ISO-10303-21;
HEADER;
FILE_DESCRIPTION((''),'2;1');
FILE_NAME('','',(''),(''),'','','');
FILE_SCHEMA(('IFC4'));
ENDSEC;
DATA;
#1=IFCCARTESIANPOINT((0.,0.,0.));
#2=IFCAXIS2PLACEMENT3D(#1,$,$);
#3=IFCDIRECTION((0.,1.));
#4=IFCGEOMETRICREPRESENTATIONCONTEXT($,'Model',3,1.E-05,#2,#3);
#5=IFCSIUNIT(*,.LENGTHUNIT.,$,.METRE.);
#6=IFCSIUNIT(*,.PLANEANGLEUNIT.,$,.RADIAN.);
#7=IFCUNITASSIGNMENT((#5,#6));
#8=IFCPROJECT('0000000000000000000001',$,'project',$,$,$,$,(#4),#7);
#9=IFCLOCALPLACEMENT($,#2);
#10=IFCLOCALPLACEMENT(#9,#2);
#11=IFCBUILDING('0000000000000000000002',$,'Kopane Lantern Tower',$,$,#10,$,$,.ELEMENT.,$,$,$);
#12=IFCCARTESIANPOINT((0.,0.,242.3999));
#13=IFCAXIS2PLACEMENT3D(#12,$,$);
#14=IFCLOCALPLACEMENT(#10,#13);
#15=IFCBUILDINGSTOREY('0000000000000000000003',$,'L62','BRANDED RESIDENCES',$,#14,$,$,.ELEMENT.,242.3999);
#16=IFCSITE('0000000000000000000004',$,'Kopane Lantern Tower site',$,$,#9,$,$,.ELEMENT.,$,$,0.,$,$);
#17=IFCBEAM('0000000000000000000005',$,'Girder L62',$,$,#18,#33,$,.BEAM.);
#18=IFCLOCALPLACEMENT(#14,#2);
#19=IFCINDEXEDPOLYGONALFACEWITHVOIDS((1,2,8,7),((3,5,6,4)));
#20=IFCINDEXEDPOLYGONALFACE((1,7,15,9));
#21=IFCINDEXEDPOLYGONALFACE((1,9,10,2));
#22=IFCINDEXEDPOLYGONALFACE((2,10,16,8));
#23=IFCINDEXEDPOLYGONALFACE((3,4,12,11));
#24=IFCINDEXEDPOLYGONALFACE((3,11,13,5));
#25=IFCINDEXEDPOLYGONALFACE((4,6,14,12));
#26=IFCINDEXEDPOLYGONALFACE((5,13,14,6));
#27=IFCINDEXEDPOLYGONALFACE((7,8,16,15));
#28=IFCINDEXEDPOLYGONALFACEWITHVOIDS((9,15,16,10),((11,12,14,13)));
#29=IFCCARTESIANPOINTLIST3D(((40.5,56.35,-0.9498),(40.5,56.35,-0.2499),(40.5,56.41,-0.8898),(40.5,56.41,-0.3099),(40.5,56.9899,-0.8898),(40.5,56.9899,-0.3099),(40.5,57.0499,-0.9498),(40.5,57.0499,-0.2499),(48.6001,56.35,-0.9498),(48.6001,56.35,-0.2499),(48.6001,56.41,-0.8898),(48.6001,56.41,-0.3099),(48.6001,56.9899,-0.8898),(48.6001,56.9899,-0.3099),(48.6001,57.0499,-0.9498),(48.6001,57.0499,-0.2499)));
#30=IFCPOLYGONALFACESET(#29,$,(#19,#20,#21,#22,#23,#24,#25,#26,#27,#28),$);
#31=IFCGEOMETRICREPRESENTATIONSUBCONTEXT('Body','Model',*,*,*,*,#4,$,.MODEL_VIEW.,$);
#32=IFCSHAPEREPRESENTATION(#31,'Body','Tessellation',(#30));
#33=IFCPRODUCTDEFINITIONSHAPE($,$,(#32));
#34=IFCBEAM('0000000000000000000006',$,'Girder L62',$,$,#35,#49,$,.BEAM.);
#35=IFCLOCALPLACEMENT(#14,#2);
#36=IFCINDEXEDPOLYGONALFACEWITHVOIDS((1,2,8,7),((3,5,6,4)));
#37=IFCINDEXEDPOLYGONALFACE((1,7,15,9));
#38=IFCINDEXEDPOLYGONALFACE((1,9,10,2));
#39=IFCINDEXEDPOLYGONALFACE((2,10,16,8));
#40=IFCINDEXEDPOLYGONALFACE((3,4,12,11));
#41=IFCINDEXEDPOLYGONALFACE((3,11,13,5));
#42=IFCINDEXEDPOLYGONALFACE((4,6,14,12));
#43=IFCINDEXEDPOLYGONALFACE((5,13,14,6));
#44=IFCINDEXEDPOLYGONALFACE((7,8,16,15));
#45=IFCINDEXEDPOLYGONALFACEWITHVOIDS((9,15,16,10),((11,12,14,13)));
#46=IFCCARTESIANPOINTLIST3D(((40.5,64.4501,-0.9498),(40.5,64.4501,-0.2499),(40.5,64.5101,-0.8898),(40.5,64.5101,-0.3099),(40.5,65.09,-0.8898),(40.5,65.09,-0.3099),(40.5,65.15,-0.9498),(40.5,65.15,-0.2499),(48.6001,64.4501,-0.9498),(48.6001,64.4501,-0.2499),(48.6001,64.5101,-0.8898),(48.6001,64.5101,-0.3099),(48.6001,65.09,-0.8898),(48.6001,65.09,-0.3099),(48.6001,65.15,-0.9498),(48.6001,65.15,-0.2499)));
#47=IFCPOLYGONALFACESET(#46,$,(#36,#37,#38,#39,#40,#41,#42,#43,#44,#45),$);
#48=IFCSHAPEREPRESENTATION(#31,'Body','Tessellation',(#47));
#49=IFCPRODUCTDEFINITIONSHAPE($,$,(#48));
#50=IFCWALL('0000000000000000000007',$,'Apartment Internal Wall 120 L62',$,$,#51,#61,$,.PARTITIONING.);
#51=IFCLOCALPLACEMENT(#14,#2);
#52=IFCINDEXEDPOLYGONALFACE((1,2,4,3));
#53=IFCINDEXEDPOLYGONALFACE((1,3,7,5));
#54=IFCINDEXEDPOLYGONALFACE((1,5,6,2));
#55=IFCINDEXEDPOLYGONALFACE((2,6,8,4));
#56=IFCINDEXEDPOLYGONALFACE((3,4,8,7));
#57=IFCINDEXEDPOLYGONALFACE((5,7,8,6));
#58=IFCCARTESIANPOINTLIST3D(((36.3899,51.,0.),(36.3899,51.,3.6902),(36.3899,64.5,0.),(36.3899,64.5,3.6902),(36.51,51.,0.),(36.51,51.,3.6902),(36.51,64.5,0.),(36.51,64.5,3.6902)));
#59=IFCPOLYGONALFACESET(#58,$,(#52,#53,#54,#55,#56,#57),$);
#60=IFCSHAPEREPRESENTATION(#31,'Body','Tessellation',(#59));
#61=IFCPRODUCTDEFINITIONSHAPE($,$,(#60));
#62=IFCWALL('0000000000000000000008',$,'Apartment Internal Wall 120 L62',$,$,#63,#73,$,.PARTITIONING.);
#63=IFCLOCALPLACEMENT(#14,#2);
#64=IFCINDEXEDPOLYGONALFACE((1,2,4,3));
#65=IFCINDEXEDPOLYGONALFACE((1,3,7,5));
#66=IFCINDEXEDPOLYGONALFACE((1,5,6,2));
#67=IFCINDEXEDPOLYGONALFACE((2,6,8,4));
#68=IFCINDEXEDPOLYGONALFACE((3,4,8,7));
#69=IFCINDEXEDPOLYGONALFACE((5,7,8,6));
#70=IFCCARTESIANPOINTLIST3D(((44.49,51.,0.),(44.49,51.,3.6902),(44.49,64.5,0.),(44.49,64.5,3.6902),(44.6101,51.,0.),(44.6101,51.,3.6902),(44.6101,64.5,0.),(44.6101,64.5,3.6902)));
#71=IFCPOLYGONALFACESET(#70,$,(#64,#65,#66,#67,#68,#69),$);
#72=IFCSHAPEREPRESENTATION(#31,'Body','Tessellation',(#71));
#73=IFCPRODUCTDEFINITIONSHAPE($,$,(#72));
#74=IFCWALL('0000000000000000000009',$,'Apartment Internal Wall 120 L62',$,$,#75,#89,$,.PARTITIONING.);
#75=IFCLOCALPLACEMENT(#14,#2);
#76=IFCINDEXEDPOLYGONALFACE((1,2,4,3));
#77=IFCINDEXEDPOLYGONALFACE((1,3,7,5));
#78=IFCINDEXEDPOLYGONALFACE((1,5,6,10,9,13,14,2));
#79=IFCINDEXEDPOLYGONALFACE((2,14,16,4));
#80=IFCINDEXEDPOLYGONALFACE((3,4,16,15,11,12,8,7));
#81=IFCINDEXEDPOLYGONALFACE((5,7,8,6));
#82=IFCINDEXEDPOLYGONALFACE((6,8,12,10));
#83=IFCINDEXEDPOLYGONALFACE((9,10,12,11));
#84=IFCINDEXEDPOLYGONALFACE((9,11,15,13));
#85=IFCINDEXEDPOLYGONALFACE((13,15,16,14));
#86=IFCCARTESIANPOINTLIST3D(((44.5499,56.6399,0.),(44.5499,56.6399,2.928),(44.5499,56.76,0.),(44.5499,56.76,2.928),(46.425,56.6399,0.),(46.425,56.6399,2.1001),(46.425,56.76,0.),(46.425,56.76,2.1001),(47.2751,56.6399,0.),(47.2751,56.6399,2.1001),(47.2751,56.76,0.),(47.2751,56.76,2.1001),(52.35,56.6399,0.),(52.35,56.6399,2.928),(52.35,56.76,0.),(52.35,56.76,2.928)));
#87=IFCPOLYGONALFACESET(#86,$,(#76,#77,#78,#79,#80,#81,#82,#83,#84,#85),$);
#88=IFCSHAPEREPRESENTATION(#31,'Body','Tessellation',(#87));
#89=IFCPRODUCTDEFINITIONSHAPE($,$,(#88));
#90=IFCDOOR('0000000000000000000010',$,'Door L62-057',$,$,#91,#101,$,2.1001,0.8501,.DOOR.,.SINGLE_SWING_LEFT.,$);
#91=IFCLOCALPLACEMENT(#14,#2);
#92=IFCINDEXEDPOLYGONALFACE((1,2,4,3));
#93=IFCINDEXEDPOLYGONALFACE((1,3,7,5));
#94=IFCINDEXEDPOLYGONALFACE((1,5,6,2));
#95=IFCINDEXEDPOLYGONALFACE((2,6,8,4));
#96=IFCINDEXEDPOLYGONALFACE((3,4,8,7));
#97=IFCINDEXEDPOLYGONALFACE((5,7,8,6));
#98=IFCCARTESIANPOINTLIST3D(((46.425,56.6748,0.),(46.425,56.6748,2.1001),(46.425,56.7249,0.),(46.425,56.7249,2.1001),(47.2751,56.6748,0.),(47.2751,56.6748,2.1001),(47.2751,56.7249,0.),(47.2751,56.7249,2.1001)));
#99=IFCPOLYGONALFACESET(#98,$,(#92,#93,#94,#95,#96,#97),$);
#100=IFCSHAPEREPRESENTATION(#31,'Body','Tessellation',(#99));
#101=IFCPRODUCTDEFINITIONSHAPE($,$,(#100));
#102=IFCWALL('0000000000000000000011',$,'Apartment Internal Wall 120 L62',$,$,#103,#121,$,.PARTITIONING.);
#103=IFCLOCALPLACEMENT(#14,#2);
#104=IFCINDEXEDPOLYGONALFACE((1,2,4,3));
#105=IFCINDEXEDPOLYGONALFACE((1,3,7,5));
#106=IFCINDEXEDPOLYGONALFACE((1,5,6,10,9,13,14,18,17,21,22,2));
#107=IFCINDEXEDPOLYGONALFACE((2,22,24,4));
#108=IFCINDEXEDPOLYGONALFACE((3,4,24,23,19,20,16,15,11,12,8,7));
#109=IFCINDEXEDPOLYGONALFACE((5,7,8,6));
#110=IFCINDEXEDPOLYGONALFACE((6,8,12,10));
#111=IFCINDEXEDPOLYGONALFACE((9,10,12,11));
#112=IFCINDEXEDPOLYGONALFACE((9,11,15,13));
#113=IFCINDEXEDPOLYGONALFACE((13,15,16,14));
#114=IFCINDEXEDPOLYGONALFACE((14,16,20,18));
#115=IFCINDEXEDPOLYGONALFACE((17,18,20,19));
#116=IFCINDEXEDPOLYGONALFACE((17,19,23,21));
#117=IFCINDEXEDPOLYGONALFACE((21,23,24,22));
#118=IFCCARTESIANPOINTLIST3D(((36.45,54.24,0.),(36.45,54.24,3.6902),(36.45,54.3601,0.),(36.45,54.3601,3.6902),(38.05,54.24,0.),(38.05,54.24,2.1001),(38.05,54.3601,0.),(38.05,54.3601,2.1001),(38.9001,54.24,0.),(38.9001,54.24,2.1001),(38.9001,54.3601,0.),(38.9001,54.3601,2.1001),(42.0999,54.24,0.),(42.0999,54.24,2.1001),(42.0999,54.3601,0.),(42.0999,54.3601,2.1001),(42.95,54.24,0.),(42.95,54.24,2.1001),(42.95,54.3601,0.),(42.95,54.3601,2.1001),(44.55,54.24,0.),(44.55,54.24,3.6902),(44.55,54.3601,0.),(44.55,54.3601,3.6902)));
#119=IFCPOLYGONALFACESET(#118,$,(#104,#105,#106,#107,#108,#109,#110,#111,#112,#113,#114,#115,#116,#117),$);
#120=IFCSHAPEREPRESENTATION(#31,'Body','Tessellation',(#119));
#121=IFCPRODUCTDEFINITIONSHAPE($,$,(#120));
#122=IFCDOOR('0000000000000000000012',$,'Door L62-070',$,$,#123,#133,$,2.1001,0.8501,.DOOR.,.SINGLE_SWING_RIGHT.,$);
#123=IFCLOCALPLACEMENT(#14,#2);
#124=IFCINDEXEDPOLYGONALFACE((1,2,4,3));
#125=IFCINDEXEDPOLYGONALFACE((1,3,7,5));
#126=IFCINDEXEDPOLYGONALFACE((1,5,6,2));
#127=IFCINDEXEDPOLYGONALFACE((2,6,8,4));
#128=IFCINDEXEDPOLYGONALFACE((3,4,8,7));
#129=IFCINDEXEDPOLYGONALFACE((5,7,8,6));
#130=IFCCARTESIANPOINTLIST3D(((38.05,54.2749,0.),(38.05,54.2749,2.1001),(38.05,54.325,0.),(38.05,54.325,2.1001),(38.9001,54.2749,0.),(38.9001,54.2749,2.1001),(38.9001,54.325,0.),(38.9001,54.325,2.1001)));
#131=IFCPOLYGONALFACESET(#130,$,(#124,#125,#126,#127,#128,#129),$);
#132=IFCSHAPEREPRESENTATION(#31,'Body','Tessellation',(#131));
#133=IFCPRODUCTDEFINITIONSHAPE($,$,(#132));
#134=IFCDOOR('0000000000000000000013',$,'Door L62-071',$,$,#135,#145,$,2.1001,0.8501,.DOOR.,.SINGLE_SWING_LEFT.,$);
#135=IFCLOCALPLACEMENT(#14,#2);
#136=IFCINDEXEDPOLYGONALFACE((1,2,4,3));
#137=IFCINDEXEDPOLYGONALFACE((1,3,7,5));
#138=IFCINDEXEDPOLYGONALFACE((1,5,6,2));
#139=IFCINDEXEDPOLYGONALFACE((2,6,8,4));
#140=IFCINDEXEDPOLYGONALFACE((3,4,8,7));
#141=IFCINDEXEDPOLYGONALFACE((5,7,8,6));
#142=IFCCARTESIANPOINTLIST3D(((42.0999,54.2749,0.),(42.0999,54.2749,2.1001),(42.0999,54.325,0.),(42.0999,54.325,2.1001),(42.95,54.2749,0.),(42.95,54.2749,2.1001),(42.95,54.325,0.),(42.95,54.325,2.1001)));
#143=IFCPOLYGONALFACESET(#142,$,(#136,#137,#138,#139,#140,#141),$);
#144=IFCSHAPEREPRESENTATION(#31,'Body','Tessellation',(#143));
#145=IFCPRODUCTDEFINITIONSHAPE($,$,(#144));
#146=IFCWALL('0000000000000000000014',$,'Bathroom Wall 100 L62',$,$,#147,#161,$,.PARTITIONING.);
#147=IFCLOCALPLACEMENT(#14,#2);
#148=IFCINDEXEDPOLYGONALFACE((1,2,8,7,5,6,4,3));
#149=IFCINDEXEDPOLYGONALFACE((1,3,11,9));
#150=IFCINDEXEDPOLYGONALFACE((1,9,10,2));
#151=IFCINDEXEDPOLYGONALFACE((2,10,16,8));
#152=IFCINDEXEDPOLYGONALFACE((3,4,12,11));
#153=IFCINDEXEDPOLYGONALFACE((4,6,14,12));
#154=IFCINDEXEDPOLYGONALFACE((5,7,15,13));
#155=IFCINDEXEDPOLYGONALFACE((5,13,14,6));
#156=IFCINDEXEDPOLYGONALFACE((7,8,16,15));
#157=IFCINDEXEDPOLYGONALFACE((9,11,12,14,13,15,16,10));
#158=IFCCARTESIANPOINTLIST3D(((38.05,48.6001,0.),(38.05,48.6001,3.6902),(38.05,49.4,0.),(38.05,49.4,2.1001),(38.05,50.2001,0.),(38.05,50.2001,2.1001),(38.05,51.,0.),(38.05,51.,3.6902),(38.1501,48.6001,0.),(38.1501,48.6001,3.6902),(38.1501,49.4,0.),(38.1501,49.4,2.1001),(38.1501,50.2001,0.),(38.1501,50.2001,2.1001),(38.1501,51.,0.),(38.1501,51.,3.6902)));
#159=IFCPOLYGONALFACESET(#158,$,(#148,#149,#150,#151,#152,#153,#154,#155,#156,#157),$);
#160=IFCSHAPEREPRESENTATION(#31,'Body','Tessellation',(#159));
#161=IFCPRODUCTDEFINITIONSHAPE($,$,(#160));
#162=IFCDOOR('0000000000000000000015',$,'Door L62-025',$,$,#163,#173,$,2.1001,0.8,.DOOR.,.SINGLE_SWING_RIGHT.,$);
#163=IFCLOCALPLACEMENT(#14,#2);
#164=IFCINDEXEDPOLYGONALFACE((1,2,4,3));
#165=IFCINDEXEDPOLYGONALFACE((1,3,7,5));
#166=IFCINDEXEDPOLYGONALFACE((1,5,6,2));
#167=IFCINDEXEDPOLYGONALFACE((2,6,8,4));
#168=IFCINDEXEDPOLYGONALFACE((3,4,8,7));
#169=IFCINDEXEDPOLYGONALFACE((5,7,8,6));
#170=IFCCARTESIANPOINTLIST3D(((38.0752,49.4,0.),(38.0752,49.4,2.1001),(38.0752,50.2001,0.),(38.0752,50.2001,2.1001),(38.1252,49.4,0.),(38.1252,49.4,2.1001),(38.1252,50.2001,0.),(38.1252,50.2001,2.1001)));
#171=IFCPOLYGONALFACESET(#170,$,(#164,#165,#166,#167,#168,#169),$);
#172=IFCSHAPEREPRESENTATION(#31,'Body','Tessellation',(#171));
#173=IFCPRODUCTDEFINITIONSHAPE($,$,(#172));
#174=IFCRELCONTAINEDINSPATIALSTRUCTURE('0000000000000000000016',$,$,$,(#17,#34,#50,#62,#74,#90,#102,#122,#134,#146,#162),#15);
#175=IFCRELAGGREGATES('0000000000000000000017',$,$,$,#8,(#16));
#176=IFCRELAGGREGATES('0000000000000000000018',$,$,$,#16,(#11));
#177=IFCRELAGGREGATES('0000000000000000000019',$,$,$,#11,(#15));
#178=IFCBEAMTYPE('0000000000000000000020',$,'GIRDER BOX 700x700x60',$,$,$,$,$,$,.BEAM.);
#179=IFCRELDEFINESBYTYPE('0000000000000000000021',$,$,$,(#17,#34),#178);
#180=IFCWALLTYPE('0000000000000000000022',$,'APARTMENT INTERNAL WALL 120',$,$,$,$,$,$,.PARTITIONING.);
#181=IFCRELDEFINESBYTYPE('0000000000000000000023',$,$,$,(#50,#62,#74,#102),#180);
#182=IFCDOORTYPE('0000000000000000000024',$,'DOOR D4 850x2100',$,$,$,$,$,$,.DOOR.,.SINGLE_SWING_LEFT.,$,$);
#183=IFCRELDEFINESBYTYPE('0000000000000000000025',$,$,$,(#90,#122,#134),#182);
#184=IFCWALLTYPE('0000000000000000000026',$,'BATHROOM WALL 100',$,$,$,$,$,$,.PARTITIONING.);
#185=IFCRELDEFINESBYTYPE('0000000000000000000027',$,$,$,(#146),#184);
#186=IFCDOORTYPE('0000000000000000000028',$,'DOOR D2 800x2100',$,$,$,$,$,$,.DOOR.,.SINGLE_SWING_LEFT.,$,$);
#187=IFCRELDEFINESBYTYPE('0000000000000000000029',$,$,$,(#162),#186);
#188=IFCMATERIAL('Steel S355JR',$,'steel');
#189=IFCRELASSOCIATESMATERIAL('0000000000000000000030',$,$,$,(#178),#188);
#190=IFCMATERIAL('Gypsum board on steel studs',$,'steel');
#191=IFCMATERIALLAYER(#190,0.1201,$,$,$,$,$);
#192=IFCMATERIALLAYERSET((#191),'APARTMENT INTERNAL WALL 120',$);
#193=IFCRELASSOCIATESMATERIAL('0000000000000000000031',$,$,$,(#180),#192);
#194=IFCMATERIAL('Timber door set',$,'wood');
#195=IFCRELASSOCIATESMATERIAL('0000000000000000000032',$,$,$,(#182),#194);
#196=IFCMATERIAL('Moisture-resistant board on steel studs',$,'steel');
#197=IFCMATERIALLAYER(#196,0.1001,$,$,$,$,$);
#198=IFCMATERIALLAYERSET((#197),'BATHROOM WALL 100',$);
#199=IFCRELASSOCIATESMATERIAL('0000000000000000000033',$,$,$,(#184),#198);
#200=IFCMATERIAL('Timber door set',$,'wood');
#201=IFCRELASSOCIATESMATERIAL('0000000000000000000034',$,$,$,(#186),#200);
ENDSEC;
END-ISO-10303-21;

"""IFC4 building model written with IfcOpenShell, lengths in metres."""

from ifc_helpers import new_model, si_unit, direction, frame, frame_2d, origin, origin_2d, place, context, subcontext, project, spatial, rectangle, hollow_rectangle, extrude, material, layer, layer_set, material_profile, profile_set, type_object, element, fill, save


model = new_model("IFC4")

# Units and contexts
model_context = context("Model", 3, precision=1e-05, world=origin(), true_north=direction((0.0, 1.0)))
body_context = subcontext(model_context, "Body", "Model", "MODEL_VIEW")
ifc_project = project(units=[si_unit("LENGTHUNIT", "METRE"), si_unit("PLANEANGLEUNIT", "RADIAN")], contexts=[model_context])

# Site, building, storey
site_placement = place(None, origin())
site = spatial("IfcSite", under=ifc_project, at=site_placement, Name="Kopane Lantern Tower site", CompositionType="ELEMENT", RefElevation=0.0)
building_placement = place(site_placement, origin())
building = spatial("IfcBuilding", under=site, at=building_placement, Name="Kopane Lantern Tower", CompositionType="ELEMENT")
storey_placement = place(building_placement, frame((0.0, 0.0, 242.3999)))
storey = spatial("IfcBuildingStorey", under=building, at=storey_placement, Name="L62", Description="BRANDED RESIDENCES", CompositionType="ELEMENT", Elevation=242.3999)

# Beams
ifc_material_1 = material(Name="Steel S355JR", Category="steel")
ifc_material_profile_1 = material_profile(ifc_material_1, hollow_rectangle(XDim=0.7, YDim=0.7, WallThickness=0.0601, at=origin_2d()), Name="BOX 700x700x60")
ifc_profile_set_1 = profile_set([ifc_material_profile_1], Name="Steel S355JR")
beam_type = type_object("IfcBeamType", Name="GIRDER BOX 700x700x60", PredefinedType="BEAM", material=ifc_profile_set_1)
for number, where, z_axis, x_axis, name in (
    (1, (40.5, 56.7, -0.5999), (1.0, 0.0, 0.0), (0.0, 1.0, 0.0), "Girder L62"),
    (2, (40.5, 64.8, -0.5999), (1.0, 0.0, 0.0), (0.0, 1.0, 0.0), "Girder L62"),
):
    element("IfcBeam", number, at=place(storey_placement, frame(where, z_axis=z_axis, x_axis=x_axis)), inside=storey, type_object=beam_type, Name=name, PredefinedType="BEAM", context=body_context, shape_type="SweptSolid", body=[
        extrude(hollow_rectangle(XDim=0.7, YDim=0.7, WallThickness=0.0601, at=origin_2d()), origin(), (0.0, 0.0, 1.0), 8.1001),
    ])

# Walls
ifc_material_2 = material(Name="Gypsum board on steel studs", Category="steel")
ifc_layer_1 = layer(ifc_material_2, 0.1201)
ifc_layer_set_1 = layer_set([ifc_layer_1], Name="APARTMENT INTERNAL WALL 120")
wall_type_1 = type_object("IfcWallType", Name="APARTMENT INTERNAL WALL 120", PredefinedType="PARTITIONING", material=ifc_layer_set_1)
for number, where, z_axis, x_axis, name in (
    (3, (36.45, 51.0, 0.0), (0.0, 0.0, 1.0), (0.0, 1.0, 0.0), "Apartment Internal Wall 120 L62"),
    (4, (44.55, 51.0, 0.0), (0.0, 0.0, 1.0), (0.0, 1.0, 0.0), "Apartment Internal Wall 120 L62"),
):
    element("IfcWall", number, at=place(storey_placement, frame(where, z_axis=z_axis, x_axis=x_axis)), inside=storey, type_object=wall_type_1, Name=name, PredefinedType="PARTITIONING", context=body_context, shape_type="SweptSolid", body=[
        extrude(rectangle(XDim=13.5, YDim=0.1201, at=frame_2d((6.75, 0.0))), origin(), (0.0, 0.0, 1.0), 3.6902),
    ])

# Wall, opening, door
wall_1_placement = place(storey_placement, frame((44.55, 56.7, 0.0), z_axis=(0.0, 0.0, 1.0), x_axis=(1.0, 0.0, 0.0)))
wall_1 = element("IfcWall", 5, at=wall_1_placement, inside=storey, type_object=wall_type_1, Name="Apartment Internal Wall 120 L62", PredefinedType="PARTITIONING", context=body_context, shape_type="SweptSolid", body=[
    extrude(rectangle(XDim=7.8, YDim=0.1201, at=frame_2d((3.8999, 0.0))), origin(), (0.0, 0.0, 1.0), 2.928),
])
opening_1_placement = place(wall_1_placement, frame((1.875, 0.0, 0.0)))
opening_1 = element("IfcOpeningElement", 6, at=opening_1_placement, cuts=wall_1, PredefinedType="OPENING", context=body_context, shape_type="SweptSolid", body=[
    extrude(rectangle(XDim=0.8501, YDim=2.1001, at=frame_2d((0.425, 1.05))), frame((0.0, 0.0701, 0.0), z_axis=(0.0, -1.0, 0.0), x_axis=(1.0, 0.0, 0.0)), (0.0, 0.0, 1.0), 0.1401),
])
ifc_material_3 = material(Name="Timber door set", Category="wood")
door_type_1 = type_object("IfcDoorType", Name="DOOR D4 850x2100", OperationType="SINGLE_SWING_LEFT", PredefinedType="DOOR", material=ifc_material_3)
door_1_placement = place(opening_1_placement, origin())
door_1 = element("IfcDoor", 7, at=door_1_placement, inside=storey, type_object=door_type_1, Name="Door L62-057", OperationType="SINGLE_SWING_LEFT", OverallHeight=2.1001, OverallWidth=0.8501, PredefinedType="DOOR", context=body_context, shape_type="SweptSolid", body=[
    extrude(rectangle(XDim=0.8501, YDim=2.1001, at=frame_2d((0.425, 1.05))), frame((0.0, 0.0249, 0.0), z_axis=(0.0, -1.0, 0.0), x_axis=(1.0, 0.0, 0.0)), (0.0, 0.0, 1.0), 0.05),
])
fill(opening_1, door_1)

# Wall, openings, doors
wall_2_placement = place(storey_placement, frame((36.45, 54.3, 0.0), z_axis=(0.0, 0.0, 1.0), x_axis=(1.0, 0.0, 0.0)))
wall_2 = element("IfcWall", 8, at=wall_2_placement, inside=storey, type_object=wall_type_1, Name="Apartment Internal Wall 120 L62", PredefinedType="PARTITIONING", context=body_context, shape_type="SweptSolid", body=[
    extrude(rectangle(XDim=8.1001, YDim=0.1201, at=frame_2d((4.05, 0.0))), origin(), (0.0, 0.0, 1.0), 3.6902),
])
opening_2_placement = place(wall_2_placement, frame((1.6001, 0.0, 0.0)))
opening_2 = element("IfcOpeningElement", 9, at=opening_2_placement, cuts=wall_2, PredefinedType="OPENING", context=body_context, shape_type="SweptSolid", body=[
    extrude(rectangle(XDim=0.8501, YDim=2.1001, at=frame_2d((0.425, 1.05))), frame((0.0, 0.0701, 0.0), z_axis=(0.0, -1.0, 0.0), x_axis=(1.0, 0.0, 0.0)), (0.0, 0.0, 1.0), 0.1401),
])
opening_3_placement = place(wall_2_placement, frame((5.6499, 0.0, 0.0)))
opening_3 = element("IfcOpeningElement", 10, at=opening_3_placement, cuts=wall_2, PredefinedType="OPENING", context=body_context, shape_type="SweptSolid", body=[
    extrude(rectangle(XDim=0.8501, YDim=2.1001, at=frame_2d((0.425, 1.05))), frame((0.0, 0.0701, 0.0), z_axis=(0.0, -1.0, 0.0), x_axis=(1.0, 0.0, 0.0)), (0.0, 0.0, 1.0), 0.1401),
])
door_2_placement = place(opening_2_placement, origin())
door_2 = element("IfcDoor", 11, at=door_2_placement, inside=storey, type_object=door_type_1, Name="Door L62-070", OperationType="SINGLE_SWING_RIGHT", OverallHeight=2.1001, OverallWidth=0.8501, PredefinedType="DOOR", context=body_context, shape_type="SweptSolid", body=[
    extrude(rectangle(XDim=0.8501, YDim=2.1001, at=frame_2d((0.425, 1.05))), frame((0.0, 0.0249, 0.0), z_axis=(0.0, -1.0, 0.0), x_axis=(1.0, 0.0, 0.0)), (0.0, 0.0, 1.0), 0.05),
])
fill(opening_2, door_2)
door_3_placement = place(opening_3_placement, origin())
door_3 = element("IfcDoor", 12, at=door_3_placement, inside=storey, type_object=door_type_1, Name="Door L62-071", OperationType="SINGLE_SWING_LEFT", OverallHeight=2.1001, OverallWidth=0.8501, PredefinedType="DOOR", context=body_context, shape_type="SweptSolid", body=[
    extrude(rectangle(XDim=0.8501, YDim=2.1001, at=frame_2d((0.425, 1.05))), frame((0.0, 0.0249, 0.0), z_axis=(0.0, -1.0, 0.0), x_axis=(1.0, 0.0, 0.0)), (0.0, 0.0, 1.0), 0.05),
])
fill(opening_3, door_3)

# Wall, opening, door
ifc_material_4 = material(Name="Moisture-resistant board on steel studs", Category="steel")
ifc_layer_2 = layer(ifc_material_4, 0.1001)
ifc_layer_set_2 = layer_set([ifc_layer_2], Name="BATHROOM WALL 100")
wall_type_2 = type_object("IfcWallType", Name="BATHROOM WALL 100", PredefinedType="PARTITIONING", material=ifc_layer_set_2)
wall_3_placement = place(storey_placement, frame((38.1001, 48.6001, 0.0), z_axis=(0.0, 0.0, 1.0), x_axis=(0.0, 1.0, 0.0)))
wall_3 = element("IfcWall", 13, at=wall_3_placement, inside=storey, type_object=wall_type_2, Name="Bathroom Wall 100 L62", PredefinedType="PARTITIONING", context=body_context, shape_type="SweptSolid", body=[
    extrude(rectangle(XDim=2.3999, YDim=0.1001, at=frame_2d((1.2, 0.0))), origin(), (0.0, 0.0, 1.0), 3.6902),
])
opening_4_placement = place(wall_3_placement, frame((0.8, 0.0, 0.0)))
opening_4 = element("IfcOpeningElement", 14, at=opening_4_placement, cuts=wall_3, PredefinedType="OPENING", context=body_context, shape_type="SweptSolid", body=[
    extrude(rectangle(XDim=0.8, YDim=2.1001, at=frame_2d((0.3999, 1.05))), frame((0.0, 0.0601, 0.0), z_axis=(0.0, -1.0, 0.0), x_axis=(1.0, 0.0, 0.0)), (0.0, 0.0, 1.0), 0.1201),
])
ifc_material_5 = material(Name="Timber door set", Category="wood")
door_type_2 = type_object("IfcDoorType", Name="DOOR D2 800x2100", OperationType="SINGLE_SWING_LEFT", PredefinedType="DOOR", material=ifc_material_5)
door_4_placement = place(opening_4_placement, origin())
door_4 = element("IfcDoor", 15, at=door_4_placement, inside=storey, type_object=door_type_2, Name="Door L62-025", OperationType="SINGLE_SWING_RIGHT", OverallHeight=2.1001, OverallWidth=0.8, PredefinedType="DOOR", context=body_context, shape_type="SweptSolid", body=[
    extrude(rectangle(XDim=0.8, YDim=2.1001, at=frame_2d((0.3999, 1.05))), frame((0.0, 0.0249, 0.0), z_axis=(0.0, -1.0, 0.0), x_axis=(1.0, 0.0, 0.0)), (0.0, 0.0, 1.0), 0.05),
])
fill(opening_4, door_4)

save(model, "model.ifc")
